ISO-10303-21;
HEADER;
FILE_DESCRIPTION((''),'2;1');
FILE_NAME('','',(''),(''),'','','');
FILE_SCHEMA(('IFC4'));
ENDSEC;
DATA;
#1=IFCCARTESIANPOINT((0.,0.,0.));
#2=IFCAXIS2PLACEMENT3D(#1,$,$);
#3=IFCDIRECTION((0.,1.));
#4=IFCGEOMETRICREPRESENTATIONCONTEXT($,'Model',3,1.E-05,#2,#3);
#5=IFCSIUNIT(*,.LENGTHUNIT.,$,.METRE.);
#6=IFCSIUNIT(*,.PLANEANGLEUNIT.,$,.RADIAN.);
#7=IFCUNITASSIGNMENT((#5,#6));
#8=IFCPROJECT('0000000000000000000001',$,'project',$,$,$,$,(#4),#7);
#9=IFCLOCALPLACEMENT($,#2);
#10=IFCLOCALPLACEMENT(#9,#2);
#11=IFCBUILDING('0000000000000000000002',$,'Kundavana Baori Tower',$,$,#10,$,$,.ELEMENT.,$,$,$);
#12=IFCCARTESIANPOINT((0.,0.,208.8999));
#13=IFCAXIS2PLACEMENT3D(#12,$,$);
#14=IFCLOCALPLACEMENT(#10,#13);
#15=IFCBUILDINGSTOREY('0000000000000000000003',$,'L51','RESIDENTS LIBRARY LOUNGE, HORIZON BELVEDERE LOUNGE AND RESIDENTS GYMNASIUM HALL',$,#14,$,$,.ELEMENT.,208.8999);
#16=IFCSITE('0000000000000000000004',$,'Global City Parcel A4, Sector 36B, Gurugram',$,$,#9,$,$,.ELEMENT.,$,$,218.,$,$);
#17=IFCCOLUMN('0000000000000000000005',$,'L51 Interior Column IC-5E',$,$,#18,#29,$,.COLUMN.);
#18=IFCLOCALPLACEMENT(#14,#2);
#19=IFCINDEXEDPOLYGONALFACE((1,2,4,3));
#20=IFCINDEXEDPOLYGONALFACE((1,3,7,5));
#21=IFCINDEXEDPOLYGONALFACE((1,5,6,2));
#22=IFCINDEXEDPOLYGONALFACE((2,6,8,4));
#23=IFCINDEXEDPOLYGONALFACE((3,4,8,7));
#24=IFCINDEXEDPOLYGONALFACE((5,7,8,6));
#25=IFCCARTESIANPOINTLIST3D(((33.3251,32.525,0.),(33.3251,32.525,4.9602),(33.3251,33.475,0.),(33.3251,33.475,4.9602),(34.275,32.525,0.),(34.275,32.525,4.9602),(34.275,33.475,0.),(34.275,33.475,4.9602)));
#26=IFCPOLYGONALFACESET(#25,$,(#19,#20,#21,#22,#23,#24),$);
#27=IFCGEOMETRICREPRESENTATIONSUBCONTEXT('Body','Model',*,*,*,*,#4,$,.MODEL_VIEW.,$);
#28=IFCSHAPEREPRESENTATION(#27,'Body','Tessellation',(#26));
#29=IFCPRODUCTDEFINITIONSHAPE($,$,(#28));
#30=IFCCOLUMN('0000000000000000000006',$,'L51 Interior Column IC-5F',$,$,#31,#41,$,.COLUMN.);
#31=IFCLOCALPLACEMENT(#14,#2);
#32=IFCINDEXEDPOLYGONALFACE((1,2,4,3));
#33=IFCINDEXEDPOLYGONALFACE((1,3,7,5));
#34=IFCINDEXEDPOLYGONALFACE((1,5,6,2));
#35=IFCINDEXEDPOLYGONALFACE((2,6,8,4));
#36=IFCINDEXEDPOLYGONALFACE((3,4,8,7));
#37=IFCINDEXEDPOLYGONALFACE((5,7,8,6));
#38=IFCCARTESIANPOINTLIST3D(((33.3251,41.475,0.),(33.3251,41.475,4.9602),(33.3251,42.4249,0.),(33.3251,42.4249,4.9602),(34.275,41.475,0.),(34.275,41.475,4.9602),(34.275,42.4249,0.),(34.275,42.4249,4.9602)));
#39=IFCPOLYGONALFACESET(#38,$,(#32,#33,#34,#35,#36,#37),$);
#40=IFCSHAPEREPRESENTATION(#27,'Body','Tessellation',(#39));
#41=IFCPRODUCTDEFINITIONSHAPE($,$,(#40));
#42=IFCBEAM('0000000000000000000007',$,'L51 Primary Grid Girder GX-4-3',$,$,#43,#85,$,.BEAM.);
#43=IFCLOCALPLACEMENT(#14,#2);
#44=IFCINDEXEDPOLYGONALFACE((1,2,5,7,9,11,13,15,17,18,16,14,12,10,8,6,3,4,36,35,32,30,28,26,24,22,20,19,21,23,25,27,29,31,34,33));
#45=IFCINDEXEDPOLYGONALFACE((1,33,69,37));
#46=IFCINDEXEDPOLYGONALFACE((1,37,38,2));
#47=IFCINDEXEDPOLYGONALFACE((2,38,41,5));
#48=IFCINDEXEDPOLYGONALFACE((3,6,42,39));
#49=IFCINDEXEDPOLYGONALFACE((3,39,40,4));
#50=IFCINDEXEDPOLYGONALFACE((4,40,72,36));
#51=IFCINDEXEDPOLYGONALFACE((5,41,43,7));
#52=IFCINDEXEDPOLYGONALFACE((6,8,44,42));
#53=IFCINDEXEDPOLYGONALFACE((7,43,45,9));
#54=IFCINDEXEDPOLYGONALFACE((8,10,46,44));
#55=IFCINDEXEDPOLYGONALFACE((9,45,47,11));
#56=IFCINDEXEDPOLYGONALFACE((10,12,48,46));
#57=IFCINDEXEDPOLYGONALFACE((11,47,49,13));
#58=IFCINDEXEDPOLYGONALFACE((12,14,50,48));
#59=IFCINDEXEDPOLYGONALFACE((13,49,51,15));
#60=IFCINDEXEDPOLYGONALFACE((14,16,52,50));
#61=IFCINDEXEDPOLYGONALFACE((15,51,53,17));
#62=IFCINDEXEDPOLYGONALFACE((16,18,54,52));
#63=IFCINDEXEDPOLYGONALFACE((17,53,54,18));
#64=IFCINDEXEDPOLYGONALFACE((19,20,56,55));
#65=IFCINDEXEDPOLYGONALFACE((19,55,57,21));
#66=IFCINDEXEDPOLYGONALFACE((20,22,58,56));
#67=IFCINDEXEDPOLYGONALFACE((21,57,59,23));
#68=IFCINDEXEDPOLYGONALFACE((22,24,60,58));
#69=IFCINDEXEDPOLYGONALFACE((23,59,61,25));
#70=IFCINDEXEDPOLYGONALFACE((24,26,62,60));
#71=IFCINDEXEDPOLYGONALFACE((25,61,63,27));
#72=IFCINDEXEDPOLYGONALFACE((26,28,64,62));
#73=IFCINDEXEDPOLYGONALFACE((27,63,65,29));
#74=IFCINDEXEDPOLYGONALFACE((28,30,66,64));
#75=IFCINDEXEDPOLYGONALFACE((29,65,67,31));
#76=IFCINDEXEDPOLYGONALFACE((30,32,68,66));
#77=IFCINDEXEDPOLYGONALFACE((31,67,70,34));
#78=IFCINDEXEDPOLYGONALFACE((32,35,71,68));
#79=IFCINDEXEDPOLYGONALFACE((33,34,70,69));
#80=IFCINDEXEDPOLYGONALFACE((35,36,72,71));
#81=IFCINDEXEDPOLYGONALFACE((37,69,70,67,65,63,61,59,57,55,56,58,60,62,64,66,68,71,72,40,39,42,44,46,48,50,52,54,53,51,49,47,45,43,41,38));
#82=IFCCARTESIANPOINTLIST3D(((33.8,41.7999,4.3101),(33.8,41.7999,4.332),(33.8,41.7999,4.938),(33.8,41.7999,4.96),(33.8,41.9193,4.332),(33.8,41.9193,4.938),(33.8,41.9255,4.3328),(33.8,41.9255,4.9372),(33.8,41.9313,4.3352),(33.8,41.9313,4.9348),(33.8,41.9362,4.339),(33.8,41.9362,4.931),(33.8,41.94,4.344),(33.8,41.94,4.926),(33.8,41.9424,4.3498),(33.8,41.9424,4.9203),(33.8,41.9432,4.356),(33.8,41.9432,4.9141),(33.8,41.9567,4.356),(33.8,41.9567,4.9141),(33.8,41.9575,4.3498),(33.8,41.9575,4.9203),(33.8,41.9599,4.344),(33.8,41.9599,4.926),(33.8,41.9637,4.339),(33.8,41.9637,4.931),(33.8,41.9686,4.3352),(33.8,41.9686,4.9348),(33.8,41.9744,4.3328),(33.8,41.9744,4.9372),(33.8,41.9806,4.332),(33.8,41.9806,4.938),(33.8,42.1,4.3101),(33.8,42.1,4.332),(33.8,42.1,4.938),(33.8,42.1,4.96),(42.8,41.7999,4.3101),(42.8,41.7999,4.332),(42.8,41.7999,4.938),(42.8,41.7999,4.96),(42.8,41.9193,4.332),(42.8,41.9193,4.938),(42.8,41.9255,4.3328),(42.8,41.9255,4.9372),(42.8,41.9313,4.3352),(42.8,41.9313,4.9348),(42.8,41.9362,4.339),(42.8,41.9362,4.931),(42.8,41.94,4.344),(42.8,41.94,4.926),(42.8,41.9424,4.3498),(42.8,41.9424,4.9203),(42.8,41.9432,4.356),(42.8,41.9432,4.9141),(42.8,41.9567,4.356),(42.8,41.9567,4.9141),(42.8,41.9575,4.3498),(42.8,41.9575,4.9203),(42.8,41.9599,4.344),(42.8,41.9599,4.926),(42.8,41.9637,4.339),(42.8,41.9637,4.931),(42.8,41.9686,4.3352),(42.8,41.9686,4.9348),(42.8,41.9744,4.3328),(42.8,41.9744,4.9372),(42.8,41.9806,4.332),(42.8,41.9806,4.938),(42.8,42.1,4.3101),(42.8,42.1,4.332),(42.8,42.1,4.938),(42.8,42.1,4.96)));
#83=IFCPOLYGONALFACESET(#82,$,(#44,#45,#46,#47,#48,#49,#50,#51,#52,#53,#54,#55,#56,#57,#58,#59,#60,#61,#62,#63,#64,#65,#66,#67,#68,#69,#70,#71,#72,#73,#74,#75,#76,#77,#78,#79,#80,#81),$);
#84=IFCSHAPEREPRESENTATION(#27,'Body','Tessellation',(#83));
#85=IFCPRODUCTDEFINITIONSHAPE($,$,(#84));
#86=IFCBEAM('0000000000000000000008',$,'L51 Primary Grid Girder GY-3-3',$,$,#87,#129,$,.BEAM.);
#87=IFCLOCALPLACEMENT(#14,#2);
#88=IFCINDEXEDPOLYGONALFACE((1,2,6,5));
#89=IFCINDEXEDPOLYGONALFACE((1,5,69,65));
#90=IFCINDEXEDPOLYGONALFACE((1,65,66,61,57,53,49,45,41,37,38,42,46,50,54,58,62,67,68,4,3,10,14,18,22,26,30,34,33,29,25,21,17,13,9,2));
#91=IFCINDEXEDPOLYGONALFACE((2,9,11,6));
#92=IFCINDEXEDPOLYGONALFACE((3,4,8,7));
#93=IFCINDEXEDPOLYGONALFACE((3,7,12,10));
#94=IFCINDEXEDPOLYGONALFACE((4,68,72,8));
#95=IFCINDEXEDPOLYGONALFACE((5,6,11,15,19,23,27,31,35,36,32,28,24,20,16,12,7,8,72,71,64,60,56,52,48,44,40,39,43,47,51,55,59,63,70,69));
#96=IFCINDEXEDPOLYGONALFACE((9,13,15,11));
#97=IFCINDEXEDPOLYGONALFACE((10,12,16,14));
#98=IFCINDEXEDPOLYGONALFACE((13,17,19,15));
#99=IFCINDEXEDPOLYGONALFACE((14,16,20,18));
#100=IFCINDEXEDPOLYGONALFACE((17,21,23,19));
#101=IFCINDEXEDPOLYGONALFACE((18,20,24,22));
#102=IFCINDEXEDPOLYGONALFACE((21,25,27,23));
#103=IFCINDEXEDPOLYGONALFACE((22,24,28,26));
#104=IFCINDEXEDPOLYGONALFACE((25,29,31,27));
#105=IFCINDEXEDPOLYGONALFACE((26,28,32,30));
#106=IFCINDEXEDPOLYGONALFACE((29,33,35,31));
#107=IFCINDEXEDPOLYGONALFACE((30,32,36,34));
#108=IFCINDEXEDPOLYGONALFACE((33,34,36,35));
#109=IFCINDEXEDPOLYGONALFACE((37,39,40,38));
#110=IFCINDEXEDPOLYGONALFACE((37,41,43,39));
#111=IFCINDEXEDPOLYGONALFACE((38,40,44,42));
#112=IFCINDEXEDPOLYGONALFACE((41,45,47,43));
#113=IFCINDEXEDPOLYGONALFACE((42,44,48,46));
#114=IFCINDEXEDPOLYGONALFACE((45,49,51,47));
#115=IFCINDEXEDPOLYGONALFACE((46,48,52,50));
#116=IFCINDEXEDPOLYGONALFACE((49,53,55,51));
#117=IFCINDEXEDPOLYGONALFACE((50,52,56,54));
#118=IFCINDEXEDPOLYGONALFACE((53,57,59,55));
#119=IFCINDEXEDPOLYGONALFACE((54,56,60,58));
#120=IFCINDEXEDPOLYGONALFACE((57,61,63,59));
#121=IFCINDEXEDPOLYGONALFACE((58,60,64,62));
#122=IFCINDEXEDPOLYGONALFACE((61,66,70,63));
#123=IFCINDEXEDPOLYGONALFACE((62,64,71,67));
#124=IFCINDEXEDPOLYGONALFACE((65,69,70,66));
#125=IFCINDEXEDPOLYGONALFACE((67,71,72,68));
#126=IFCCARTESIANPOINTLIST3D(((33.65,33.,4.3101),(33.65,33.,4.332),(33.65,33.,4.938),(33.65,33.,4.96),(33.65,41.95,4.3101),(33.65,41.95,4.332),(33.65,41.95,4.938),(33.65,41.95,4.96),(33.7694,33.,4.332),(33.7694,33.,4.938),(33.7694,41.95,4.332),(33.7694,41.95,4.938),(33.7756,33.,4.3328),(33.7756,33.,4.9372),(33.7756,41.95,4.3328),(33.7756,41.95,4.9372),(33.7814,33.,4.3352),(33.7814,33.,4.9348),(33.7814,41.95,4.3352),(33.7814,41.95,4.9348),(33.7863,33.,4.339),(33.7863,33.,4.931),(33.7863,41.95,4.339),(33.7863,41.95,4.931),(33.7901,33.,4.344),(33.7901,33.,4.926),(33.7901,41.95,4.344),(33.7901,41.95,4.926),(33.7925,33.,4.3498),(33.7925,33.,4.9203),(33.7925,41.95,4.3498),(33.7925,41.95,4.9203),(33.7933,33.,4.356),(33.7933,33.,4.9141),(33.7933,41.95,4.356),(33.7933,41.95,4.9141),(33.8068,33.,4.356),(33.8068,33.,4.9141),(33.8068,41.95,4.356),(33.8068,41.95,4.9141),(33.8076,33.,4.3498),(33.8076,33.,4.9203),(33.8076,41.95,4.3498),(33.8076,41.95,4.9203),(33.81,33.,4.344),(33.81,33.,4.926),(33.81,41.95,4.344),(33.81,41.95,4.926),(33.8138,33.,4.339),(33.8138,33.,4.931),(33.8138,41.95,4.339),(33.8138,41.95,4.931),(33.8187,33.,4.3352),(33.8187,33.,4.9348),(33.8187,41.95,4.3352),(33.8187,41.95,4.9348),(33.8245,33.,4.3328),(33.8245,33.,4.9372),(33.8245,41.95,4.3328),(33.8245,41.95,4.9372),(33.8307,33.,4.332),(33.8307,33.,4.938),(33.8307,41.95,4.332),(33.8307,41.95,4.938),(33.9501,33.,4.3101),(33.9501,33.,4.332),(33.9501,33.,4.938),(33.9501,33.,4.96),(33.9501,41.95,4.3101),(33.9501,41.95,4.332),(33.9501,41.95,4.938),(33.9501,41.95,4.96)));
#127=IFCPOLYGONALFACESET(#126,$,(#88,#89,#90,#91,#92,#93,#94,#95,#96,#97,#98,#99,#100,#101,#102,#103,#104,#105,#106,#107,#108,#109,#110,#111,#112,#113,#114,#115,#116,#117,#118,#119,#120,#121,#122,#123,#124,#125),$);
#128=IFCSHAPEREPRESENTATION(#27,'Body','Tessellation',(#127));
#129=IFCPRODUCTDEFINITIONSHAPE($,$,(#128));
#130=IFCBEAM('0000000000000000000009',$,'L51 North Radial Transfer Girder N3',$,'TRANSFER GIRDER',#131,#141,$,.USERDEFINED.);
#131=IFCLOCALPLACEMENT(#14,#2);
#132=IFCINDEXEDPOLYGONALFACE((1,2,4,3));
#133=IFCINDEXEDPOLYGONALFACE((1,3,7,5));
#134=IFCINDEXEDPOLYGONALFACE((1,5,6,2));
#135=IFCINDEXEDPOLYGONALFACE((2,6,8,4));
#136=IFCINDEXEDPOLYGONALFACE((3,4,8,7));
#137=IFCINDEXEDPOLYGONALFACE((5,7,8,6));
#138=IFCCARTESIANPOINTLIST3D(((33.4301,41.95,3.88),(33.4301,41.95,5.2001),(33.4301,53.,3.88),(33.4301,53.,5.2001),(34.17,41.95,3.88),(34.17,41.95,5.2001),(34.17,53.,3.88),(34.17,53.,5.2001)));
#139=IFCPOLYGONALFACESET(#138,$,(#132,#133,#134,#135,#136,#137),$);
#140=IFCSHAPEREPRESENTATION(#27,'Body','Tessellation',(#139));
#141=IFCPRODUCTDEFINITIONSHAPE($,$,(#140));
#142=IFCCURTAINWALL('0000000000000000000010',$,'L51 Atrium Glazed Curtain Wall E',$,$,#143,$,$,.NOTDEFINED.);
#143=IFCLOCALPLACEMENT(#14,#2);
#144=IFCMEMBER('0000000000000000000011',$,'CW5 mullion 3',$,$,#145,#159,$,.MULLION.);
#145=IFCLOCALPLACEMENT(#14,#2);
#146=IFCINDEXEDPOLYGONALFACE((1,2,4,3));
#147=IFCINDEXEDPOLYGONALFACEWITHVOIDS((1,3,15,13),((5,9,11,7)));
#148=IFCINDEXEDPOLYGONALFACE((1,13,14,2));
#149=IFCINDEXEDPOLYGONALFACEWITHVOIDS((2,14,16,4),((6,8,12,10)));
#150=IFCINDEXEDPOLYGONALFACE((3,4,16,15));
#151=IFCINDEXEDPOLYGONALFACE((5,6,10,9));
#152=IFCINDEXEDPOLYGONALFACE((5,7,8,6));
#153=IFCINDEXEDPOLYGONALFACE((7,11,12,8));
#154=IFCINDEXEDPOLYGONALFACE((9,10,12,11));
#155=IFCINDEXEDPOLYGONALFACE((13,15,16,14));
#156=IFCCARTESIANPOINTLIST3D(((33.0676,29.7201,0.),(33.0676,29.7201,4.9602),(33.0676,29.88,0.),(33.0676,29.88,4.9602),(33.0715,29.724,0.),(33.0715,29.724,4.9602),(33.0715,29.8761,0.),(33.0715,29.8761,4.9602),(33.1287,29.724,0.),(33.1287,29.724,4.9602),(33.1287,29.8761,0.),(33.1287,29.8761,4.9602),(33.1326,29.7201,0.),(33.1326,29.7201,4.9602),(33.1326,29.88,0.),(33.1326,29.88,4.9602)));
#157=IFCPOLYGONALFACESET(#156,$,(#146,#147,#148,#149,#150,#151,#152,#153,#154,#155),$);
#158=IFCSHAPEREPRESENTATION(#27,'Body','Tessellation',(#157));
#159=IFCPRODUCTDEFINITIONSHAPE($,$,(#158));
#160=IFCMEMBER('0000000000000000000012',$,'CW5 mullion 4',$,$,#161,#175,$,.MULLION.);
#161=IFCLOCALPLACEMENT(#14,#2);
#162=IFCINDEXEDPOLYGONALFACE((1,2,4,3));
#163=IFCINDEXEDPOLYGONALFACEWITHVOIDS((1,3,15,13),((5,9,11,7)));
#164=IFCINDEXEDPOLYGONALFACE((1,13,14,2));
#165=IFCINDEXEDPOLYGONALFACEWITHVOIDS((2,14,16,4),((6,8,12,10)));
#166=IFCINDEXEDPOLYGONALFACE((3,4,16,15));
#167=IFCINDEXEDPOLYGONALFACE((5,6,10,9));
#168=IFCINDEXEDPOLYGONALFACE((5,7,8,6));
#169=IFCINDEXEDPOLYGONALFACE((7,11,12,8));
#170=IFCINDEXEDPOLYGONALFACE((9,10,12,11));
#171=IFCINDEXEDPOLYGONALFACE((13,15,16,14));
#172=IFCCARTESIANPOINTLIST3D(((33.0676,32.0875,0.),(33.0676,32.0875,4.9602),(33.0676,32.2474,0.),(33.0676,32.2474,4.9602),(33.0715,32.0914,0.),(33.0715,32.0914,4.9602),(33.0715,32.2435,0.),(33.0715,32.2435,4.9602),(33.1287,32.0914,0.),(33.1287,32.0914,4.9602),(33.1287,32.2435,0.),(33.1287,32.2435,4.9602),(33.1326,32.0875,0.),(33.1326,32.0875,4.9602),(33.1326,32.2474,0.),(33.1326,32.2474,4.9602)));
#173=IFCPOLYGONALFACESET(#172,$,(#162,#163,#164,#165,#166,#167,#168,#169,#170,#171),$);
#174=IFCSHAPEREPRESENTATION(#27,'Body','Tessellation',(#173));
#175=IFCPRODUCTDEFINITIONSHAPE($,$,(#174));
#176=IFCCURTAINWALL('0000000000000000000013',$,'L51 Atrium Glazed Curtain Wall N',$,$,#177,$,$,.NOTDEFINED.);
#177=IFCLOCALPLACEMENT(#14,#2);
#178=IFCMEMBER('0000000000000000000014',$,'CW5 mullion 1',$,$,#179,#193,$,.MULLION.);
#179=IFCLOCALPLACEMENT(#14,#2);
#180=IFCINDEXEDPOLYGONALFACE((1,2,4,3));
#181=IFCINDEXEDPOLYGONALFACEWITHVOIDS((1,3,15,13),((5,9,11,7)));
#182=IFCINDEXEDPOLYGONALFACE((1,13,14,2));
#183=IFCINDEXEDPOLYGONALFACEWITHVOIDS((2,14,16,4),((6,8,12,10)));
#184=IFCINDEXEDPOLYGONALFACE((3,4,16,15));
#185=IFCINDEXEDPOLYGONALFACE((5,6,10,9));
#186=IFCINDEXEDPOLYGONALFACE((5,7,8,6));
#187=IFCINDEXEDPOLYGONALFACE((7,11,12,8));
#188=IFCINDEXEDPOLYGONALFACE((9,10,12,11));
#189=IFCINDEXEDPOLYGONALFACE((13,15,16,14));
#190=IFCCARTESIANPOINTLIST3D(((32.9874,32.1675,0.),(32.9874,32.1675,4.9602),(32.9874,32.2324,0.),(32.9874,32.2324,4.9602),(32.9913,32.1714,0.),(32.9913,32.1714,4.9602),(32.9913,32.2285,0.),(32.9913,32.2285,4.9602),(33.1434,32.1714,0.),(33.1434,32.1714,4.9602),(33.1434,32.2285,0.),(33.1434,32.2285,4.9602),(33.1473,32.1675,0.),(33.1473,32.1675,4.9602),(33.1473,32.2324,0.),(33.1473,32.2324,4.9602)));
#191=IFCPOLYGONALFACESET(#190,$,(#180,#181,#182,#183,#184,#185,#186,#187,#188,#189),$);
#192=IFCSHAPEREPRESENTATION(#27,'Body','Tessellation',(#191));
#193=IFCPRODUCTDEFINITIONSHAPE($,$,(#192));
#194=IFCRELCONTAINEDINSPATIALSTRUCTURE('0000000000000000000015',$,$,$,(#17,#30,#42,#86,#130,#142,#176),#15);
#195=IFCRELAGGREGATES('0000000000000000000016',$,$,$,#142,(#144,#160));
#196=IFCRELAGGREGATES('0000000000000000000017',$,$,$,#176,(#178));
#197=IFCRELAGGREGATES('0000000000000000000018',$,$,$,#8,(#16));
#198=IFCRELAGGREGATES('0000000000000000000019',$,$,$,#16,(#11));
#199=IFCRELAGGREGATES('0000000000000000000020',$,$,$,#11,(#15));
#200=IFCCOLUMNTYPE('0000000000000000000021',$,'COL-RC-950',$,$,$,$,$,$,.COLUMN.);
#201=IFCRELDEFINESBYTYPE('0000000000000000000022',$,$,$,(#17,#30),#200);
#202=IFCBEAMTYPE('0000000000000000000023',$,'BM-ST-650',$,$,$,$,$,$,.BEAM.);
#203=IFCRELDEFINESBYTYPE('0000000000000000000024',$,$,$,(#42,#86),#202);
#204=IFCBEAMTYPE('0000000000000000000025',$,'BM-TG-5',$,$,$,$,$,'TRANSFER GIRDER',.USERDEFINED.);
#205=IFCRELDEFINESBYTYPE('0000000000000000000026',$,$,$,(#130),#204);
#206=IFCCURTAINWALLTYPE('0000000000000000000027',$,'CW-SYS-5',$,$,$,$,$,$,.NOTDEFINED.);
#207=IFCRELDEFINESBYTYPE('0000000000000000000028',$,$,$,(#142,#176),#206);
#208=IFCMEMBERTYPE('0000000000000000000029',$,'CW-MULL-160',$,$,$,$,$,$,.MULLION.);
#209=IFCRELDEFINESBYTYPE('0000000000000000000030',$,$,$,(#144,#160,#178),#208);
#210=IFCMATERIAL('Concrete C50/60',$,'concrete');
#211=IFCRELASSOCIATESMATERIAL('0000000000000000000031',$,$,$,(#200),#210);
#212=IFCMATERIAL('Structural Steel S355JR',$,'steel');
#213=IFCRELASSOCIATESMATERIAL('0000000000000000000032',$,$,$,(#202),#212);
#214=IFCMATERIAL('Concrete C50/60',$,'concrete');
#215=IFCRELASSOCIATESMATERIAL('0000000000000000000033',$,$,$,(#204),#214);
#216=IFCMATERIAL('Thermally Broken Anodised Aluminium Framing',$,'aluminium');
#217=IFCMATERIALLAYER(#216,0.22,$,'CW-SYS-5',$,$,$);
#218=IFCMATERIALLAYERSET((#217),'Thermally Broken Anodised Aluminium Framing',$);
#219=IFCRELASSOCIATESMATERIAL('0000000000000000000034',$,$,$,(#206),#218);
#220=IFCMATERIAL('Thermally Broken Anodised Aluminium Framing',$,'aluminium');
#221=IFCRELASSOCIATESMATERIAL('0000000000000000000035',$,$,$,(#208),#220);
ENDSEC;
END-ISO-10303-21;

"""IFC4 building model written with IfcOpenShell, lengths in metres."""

from ifc_helpers import new_model, si_unit, direction, frame, origin, origin_2d, place, context, subcontext, project, spatial, rectangle, hollow_rectangle, i_section, extrude, material, layer, layer_set, material_profile, profile_set, type_object, element, aggregate, save


model = new_model("IFC4")

# Units and contexts
model_context = context("Model", 3, precision=1e-05, world=origin(), true_north=direction((0.0, 1.0)))
body_context = subcontext(model_context, "Body", "Model", "MODEL_VIEW")
ifc_project = project(units=[si_unit("LENGTHUNIT", "METRE"), si_unit("PLANEANGLEUNIT", "RADIAN")], contexts=[model_context])

# Site, building, storey
site_placement = place(None, origin())
site = spatial("IfcSite", under=ifc_project, at=site_placement, Name="Global City Parcel A4, Sector 36B, Gurugram", CompositionType="ELEMENT", RefElevation=218.0)
building_placement = place(site_placement, origin())
building = spatial("IfcBuilding", under=site, at=building_placement, Name="Kundavana Baori Tower", CompositionType="ELEMENT")
storey_placement = place(building_placement, frame((0.0, 0.0, 208.8999)))
storey = spatial("IfcBuildingStorey", under=building, at=storey_placement, Name="L51", Description="RESIDENTS LIBRARY LOUNGE, HORIZON BELVEDERE LOUNGE AND RESIDENTS GYMNASIUM HALL", CompositionType="ELEMENT", Elevation=208.8999)

# Columns
ifc_material_1 = material(Name="Concrete C50/60", Category="concrete")
ifc_material_profile_1 = material_profile(ifc_material_1, rectangle(XDim=0.95, YDim=0.95, at=origin_2d()), Name="RC 950x950")
ifc_profile_set_1 = profile_set([ifc_material_profile_1], Name="Concrete C50/60")
column_type = type_object("IfcColumnType", Name="COL-RC-950", PredefinedType="COLUMN", material=ifc_profile_set_1)
for number, where, z_axis, x_axis, name in (
    (1, (33.8, 33.0, 0.0), (0.0, 0.0, 1.0), (1.0, 0.0, 0.0), "L51 Interior Column IC-5E"),
    (2, (33.8, 41.95, 0.0), (0.0, 0.0, 1.0), (1.0, 0.0, 0.0), "L51 Interior Column IC-5F"),
):
    element("IfcColumn", number, at=place(storey_placement, frame(where, z_axis=z_axis, x_axis=x_axis)), inside=storey, type_object=column_type, Name=name, PredefinedType="COLUMN", context=body_context, shape_type="SweptSolid", body=[
        extrude(rectangle(XDim=0.95, YDim=0.95, at=origin_2d()), origin(), (0.0, 0.0, 1.0), 4.9602),
    ])

# Beams
ifc_material_2 = material(Name="Structural Steel S355JR", Category="steel")
ifc_material_profile_2 = material_profile(ifc_material_2, i_section(OverallWidth=0.3, OverallDepth=0.6499, WebThickness=0.0134, FlangeThickness=0.022, FilletRadius=0.0239, at=origin_2d()), Name="NPB 650x300x155")
ifc_profile_set_2 = profile_set([ifc_material_profile_2], Name="Structural Steel S355JR")
beam_type_1 = type_object("IfcBeamType", Name="BM-ST-650", PredefinedType="BEAM", material=ifc_profile_set_2)
beam_1_placement = place(storey_placement, frame((33.8, 41.95, 4.635), z_axis=(1.0, 0.0, 0.0), x_axis=(0.0, 1.0, 0.0)))
element("IfcBeam", 3, at=beam_1_placement, inside=storey, type_object=beam_type_1, Name="L51 Primary Grid Girder GX-4-3", PredefinedType="BEAM", context=body_context, shape_type="SweptSolid", body=[
    extrude(i_section(OverallWidth=0.3, OverallDepth=0.6499, WebThickness=0.0134, FlangeThickness=0.022, FilletRadius=0.0239, at=origin_2d()), origin(), (0.0, 0.0, 1.0), 9.0),
])
beam_2_placement = place(storey_placement, frame((33.8, 33.0, 4.635), z_axis=(0.0, 1.0, 0.0), x_axis=(-1.0, 0.0, 0.0)))
element("IfcBeam", 4, at=beam_2_placement, inside=storey, type_object=beam_type_1, Name="L51 Primary Grid Girder GY-3-3", PredefinedType="BEAM", context=body_context, shape_type="SweptSolid", body=[
    extrude(i_section(OverallWidth=0.3, OverallDepth=0.6499, WebThickness=0.0134, FlangeThickness=0.022, FilletRadius=0.0239, at=origin_2d()), origin(), (0.0, 0.0, 1.0), 8.95),
])
ifc_material_3 = material(Name="Concrete C50/60", Category="concrete")
ifc_material_profile_3 = material_profile(ifc_material_3, rectangle(XDim=0.74, YDim=1.3201, at=origin_2d()), Name="BM-TG-5")
ifc_profile_set_3 = profile_set([ifc_material_profile_3], Name="Concrete C50/60")
beam_type_2 = type_object("IfcBeamType", Name="BM-TG-5", ElementType="TRANSFER GIRDER", PredefinedType="USERDEFINED", material=ifc_profile_set_3)
beam_3_placement = place(storey_placement, frame((33.8, 41.95, 4.54), z_axis=(0.0, 1.0, 0.0), x_axis=(-1.0, 0.0, 0.0)))
element("IfcBeam", 5, at=beam_3_placement, inside=storey, type_object=beam_type_2, Name="L51 North Radial Transfer Girder N3", ObjectType="TRANSFER GIRDER", PredefinedType="USERDEFINED", context=body_context, shape_type="SweptSolid", body=[
    extrude(rectangle(XDim=0.74, YDim=1.3201, at=origin_2d()), origin(), (0.0, 0.0, 1.0), 11.05),
])

# Curtain walls, members
ifc_material_4 = material(Name="Thermally Broken Anodised Aluminium Framing", Category="aluminium")
ifc_layer_1 = layer(ifc_material_4, 0.22, Name="CW-SYS-5")
ifc_layer_set_1 = layer_set([ifc_layer_1], Name="Thermally Broken Anodised Aluminium Framing")
curtain_wall_type = type_object("IfcCurtainWallType", Name="CW-SYS-5", PredefinedType="NOTDEFINED", material=ifc_layer_set_1)
curtain_wall_1_placement = place(storey_placement, origin())
curtain_wall_1 = element("IfcCurtainWall", 6, at=curtain_wall_1_placement, inside=storey, type_object=curtain_wall_type, Name="L51 Atrium Glazed Curtain Wall E", PredefinedType="NOTDEFINED")
ifc_material_5 = material(Name="Thermally Broken Anodised Aluminium Framing", Category="aluminium")
ifc_material_profile_4 = material_profile(ifc_material_5, hollow_rectangle(XDim=0.0649, YDim=0.1599, WallThickness=0.0039, at=origin_2d()), Name="CW-MULL-160")
ifc_profile_set_4 = profile_set([ifc_material_profile_4], Name="Thermally Broken Anodised Aluminium Framing")
member_type_1 = type_object("IfcMemberType", Name="CW-MULL-160", PredefinedType="MULLION", material=ifc_profile_set_4)
member_1_placement = place(storey_placement, frame((33.1001, 29.8, 0.0), z_axis=(0.0, 0.0, 1.0), x_axis=(-1.0, 0.0, 0.0)))
member_1 = element("IfcMember", 7, at=member_1_placement, type_object=member_type_1, Name="CW5 mullion 3", PredefinedType="MULLION", context=body_context, shape_type="SweptSolid", body=[
    extrude(hollow_rectangle(XDim=0.0649, YDim=0.1599, WallThickness=0.0039, at=origin_2d()), origin(), (0.0, 0.0, 1.0), 4.9602),
])
member_2_placement = place(storey_placement, frame((33.1001, 32.1675, 0.0), z_axis=(0.0, 0.0, 1.0), x_axis=(-1.0, 0.0, 0.0)))
member_2 = element("IfcMember", 8, at=member_2_placement, type_object=member_type_1, Name="CW5 mullion 4", PredefinedType="MULLION", context=body_context, shape_type="SweptSolid", body=[
    extrude(hollow_rectangle(XDim=0.0649, YDim=0.1599, WallThickness=0.0039, at=origin_2d()), origin(), (0.0, 0.0, 1.0), 4.9602),
])
curtain_wall_2_placement = place(storey_placement, origin())
curtain_wall_2 = element("IfcCurtainWall", 9, at=curtain_wall_2_placement, inside=storey, type_object=curtain_wall_type, Name="L51 Atrium Glazed Curtain Wall N", PredefinedType="NOTDEFINED")
member_3_placement = place(storey_placement, frame((33.0674, 32.2, 0.0), z_axis=(0.0, 0.0, 1.0), x_axis=(0.0, -1.0, 0.0)))
member_3 = element("IfcMember", 10, at=member_3_placement, type_object=member_type_1, Name="CW5 mullion 1", PredefinedType="MULLION", context=body_context, shape_type="SweptSolid", body=[
    extrude(hollow_rectangle(XDim=0.0649, YDim=0.1599, WallThickness=0.0039, at=origin_2d()), origin(), (0.0, 0.0, 1.0), 4.9602),
])

aggregate(curtain_wall_1, [member_1, member_2])
aggregate(curtain_wall_2, [member_3])

save(model, "model.ifc")
